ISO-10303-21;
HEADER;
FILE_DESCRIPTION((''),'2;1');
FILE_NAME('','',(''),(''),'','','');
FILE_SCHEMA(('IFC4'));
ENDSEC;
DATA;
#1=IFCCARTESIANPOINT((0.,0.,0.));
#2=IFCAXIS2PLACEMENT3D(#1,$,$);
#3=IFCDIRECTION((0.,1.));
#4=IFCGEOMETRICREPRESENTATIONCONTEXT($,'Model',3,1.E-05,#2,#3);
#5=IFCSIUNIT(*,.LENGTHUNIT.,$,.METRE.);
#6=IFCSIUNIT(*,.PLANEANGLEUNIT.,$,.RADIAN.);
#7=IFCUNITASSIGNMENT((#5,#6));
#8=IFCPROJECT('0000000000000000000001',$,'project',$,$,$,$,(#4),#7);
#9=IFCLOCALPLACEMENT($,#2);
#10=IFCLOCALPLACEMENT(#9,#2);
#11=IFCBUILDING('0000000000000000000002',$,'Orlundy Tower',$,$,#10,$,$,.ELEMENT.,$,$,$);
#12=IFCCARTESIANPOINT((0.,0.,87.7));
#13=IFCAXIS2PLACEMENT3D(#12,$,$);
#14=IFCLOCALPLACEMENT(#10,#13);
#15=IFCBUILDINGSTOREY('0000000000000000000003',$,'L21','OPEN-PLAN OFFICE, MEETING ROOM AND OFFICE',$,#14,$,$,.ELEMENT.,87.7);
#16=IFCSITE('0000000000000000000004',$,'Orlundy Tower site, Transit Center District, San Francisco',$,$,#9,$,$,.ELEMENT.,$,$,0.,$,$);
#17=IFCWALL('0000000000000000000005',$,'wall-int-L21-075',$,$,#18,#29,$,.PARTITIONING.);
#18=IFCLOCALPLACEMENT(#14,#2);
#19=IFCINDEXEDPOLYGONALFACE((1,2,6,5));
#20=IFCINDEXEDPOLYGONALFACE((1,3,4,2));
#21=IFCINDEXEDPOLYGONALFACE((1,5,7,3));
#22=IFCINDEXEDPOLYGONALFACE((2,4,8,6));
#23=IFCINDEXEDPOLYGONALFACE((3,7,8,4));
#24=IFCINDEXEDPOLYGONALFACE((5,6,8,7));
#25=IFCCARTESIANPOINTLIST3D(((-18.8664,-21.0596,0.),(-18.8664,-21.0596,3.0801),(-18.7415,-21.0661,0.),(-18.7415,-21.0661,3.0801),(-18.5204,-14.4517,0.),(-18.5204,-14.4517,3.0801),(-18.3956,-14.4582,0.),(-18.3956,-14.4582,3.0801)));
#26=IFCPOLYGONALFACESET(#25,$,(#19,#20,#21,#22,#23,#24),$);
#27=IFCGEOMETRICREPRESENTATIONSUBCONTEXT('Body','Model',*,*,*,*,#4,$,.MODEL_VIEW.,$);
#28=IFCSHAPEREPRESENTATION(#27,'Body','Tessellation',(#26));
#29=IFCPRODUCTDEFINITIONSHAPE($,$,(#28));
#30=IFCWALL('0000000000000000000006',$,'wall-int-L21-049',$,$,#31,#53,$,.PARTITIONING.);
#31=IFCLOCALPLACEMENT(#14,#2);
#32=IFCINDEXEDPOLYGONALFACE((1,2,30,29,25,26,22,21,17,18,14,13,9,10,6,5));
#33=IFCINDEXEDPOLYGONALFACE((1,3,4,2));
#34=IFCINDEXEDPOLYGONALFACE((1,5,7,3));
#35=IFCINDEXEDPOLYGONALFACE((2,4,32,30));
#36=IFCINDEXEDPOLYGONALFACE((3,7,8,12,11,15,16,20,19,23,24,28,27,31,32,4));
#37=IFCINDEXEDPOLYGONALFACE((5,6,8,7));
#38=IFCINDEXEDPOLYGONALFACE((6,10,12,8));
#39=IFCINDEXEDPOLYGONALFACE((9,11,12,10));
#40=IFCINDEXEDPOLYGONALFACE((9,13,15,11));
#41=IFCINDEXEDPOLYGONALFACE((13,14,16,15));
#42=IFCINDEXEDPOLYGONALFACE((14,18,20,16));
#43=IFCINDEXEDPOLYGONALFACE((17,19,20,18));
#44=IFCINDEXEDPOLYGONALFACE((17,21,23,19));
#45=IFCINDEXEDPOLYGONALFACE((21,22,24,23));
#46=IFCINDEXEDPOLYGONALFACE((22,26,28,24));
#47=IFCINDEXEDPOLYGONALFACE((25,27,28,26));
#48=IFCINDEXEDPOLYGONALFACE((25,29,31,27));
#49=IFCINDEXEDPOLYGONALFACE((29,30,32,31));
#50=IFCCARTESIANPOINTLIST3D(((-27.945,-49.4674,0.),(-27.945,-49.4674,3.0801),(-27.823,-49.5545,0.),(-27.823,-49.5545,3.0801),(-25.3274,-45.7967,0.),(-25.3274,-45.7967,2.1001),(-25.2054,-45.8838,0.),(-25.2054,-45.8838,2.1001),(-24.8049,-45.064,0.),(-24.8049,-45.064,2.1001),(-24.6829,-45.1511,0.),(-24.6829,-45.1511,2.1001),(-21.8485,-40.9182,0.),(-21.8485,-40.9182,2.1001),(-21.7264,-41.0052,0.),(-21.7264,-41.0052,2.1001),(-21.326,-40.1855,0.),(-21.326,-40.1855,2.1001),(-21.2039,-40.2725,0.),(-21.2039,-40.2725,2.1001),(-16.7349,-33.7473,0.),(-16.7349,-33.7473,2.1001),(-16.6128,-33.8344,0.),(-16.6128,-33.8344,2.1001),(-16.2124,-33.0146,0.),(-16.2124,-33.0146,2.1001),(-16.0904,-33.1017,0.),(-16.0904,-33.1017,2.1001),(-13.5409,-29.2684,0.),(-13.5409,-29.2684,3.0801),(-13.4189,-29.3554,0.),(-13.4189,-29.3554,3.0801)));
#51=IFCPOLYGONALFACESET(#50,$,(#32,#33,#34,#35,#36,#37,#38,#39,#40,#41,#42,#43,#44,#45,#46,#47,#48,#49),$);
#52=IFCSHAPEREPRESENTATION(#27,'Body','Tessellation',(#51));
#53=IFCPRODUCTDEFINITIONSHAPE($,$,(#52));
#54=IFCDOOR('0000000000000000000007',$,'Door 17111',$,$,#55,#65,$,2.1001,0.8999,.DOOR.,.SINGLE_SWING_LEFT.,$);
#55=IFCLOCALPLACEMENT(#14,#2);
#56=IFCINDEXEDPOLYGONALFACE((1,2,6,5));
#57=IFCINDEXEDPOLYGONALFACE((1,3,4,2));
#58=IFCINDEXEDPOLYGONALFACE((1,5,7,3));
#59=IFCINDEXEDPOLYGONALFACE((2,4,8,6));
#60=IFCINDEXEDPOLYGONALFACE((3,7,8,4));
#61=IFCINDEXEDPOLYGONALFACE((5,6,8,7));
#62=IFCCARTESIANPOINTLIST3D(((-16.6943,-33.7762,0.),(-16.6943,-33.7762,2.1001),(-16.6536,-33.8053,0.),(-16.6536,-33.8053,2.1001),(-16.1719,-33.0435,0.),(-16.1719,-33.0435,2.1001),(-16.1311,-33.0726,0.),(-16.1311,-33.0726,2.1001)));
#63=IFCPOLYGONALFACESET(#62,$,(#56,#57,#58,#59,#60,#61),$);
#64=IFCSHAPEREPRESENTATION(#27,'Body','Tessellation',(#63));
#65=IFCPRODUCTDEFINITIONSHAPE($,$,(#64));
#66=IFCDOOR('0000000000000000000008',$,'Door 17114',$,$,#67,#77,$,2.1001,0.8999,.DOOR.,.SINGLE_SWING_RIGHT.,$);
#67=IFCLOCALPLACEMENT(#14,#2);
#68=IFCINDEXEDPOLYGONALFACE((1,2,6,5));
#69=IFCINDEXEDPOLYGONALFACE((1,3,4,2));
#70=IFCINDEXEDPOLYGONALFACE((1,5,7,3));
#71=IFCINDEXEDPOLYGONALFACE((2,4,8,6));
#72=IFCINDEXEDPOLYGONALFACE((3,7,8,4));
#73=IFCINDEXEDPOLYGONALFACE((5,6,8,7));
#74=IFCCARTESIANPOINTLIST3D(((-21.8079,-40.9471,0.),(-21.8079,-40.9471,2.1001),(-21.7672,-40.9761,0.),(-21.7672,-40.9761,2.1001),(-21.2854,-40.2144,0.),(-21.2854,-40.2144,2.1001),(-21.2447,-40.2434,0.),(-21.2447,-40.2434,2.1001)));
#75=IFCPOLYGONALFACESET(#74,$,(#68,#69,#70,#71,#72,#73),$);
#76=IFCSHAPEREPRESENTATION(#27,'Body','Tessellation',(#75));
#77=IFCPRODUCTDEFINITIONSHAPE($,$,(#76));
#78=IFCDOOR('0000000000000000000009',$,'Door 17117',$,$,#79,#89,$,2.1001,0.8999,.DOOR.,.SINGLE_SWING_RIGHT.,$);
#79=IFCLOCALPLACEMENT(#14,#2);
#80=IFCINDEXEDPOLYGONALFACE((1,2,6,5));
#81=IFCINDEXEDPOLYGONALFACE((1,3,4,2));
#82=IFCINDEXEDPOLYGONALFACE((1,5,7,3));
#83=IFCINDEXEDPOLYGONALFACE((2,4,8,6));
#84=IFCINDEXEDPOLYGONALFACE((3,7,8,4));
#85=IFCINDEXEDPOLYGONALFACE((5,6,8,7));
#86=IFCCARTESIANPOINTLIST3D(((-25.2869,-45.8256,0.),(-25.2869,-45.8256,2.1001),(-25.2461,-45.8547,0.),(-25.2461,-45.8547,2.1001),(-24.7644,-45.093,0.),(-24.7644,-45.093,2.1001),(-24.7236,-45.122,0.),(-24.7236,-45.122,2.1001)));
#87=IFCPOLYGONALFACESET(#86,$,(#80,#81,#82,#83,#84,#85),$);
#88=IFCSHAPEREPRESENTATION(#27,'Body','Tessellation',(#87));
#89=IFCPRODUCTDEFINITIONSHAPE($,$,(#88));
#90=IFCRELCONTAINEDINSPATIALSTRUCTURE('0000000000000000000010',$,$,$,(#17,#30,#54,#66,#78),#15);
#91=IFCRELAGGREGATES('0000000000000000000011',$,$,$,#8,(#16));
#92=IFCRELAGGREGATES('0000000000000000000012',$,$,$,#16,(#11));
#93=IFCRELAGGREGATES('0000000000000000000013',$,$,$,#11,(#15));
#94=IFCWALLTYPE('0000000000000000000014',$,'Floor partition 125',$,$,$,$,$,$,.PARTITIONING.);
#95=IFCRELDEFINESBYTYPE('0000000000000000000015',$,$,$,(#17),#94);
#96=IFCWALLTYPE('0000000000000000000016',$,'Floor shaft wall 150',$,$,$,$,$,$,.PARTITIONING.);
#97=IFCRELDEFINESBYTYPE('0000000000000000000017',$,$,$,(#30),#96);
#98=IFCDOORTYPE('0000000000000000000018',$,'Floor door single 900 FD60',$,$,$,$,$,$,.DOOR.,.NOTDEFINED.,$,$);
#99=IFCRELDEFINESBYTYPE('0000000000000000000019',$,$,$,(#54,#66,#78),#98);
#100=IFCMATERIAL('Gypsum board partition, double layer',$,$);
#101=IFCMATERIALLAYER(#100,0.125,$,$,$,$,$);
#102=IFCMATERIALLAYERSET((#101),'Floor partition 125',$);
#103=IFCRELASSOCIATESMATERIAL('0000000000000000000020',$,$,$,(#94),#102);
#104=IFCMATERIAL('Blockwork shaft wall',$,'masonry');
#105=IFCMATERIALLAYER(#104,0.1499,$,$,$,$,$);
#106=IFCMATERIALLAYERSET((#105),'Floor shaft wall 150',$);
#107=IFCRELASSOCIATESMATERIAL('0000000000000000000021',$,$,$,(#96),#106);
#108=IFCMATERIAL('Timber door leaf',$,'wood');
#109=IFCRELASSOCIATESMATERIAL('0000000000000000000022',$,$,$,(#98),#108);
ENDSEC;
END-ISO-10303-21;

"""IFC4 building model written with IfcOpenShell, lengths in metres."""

from ifc_helpers import new_model, si_unit, direction, frame, frame_2d, origin, place, context, subcontext, project, spatial, rectangle, extrude, material, layer, layer_set, type_object, element, fill, save


model = new_model("IFC4")

# Units and contexts
model_context = context("Model", 3, precision=1e-05, world=origin(), true_north=direction((0.0, 1.0)))
body_context = subcontext(model_context, "Body", "Model", "MODEL_VIEW")
ifc_project = project(units=[si_unit("LENGTHUNIT", "METRE"), si_unit("PLANEANGLEUNIT", "RADIAN")], contexts=[model_context])

# Site, building, storey
site_placement = place(None, origin())
site = spatial("IfcSite", under=ifc_project, at=site_placement, Name="Orlundy Tower site, Transit Center District, San Francisco", CompositionType="ELEMENT", RefElevation=0.0)
building_placement = place(site_placement, origin())
building = spatial("IfcBuilding", under=site, at=building_placement, Name="Orlundy Tower", CompositionType="ELEMENT")
storey_placement = place(building_placement, frame((0.0, 0.0, 87.7)))
storey = spatial("IfcBuildingStorey", under=building, at=storey_placement, Name="L21", Description="OPEN-PLAN OFFICE, MEETING ROOM AND OFFICE", CompositionType="ELEMENT", Elevation=87.7)

# Shared definitions
ifc_material_1 = material(Name="Gypsum board partition, double layer")
ifc_layer_1 = layer(ifc_material_1, 0.125)
ifc_layer_set_1 = layer_set([ifc_layer_1], Name="Floor partition 125")
wall_type_1 = type_object("IfcWallType", Name="Floor partition 125", PredefinedType="PARTITIONING", material=ifc_layer_set_1)

# Wall
wall_1_placement = place(storey_placement, frame((-18.804, -21.063, 0.0), z_axis=(0.0, 0.0, 1.0), x_axis=(0.052282, 0.998632, 0.0)))
element("IfcWall", 1, at=wall_1_placement, inside=storey, type_object=wall_type_1, Name="wall-int-L21-075", PredefinedType="PARTITIONING", context=body_context, shape_type="SweptSolid", body=[
    extrude(rectangle(XDim=6.6169, YDim=0.125, at=frame_2d((3.3086, 0.0))), origin(), (0.0, 0.0, 1.0), 3.0801),
])

# Wall, openings, doors
ifc_material_2 = material(Name="Blockwork shaft wall", Category="masonry")
ifc_layer_2 = layer(ifc_material_2, 0.1499)
ifc_layer_set_2 = layer_set([ifc_layer_2], Name="Floor shaft wall 150")
wall_type_2 = type_object("IfcWallType", Name="Floor shaft wall 150", PredefinedType="PARTITIONING", material=ifc_layer_set_2)
wall_2_placement = place(storey_placement, frame((-13.48, -29.312, 0.0), z_axis=(0.0, 0.0, 1.0), x_axis=(-0.580603, -0.814187, 0.0)))
wall_2 = element("IfcWall", 2, at=wall_2_placement, inside=storey, type_object=wall_type_2, Name="wall-int-L21-049", PredefinedType="PARTITIONING", context=body_context, shape_type="SweptSolid", body=[
    extrude(rectangle(XDim=24.8088, YDim=0.1499, at=frame_2d((12.4043, 0.0))), origin(), (0.0, 0.0, 1.0), 3.0801),
])
opening_1_placement = place(wall_2_placement, frame((4.6011, 0.0, 0.0)))
opening_1 = element("IfcOpeningElement", 3, at=opening_1_placement, cuts=wall_2, PredefinedType="OPENING", context=body_context, shape_type="SweptSolid", body=[
    extrude(rectangle(XDim=0.8999, YDim=2.1001, at=frame_2d((0.45, 1.05))), frame((0.0, 0.085, 0.0), z_axis=(0.0, -1.0, 0.0), x_axis=(1.0, 0.0, 0.0)), (0.0, 0.0, 1.0), 0.1699),
])
opening_2_placement = place(wall_2_placement, frame((13.4084, 0.0, 0.0)))
opening_2 = element("IfcOpeningElement", 4, at=opening_2_placement, cuts=wall_2, PredefinedType="OPENING", context=body_context, shape_type="SweptSolid", body=[
    extrude(rectangle(XDim=0.8999, YDim=2.1001, at=frame_2d((0.45, 1.05))), frame((0.0, 0.085, 0.0), z_axis=(0.0, -1.0, 0.0), x_axis=(1.0, 0.0, 0.0)), (0.0, 0.0, 1.0), 0.1699),
])
opening_3_placement = place(wall_2_placement, frame((19.4004, 0.0, 0.0)))
opening_3 = element("IfcOpeningElement", 5, at=opening_3_placement, cuts=wall_2, PredefinedType="OPENING", context=body_context, shape_type="SweptSolid", body=[
    extrude(rectangle(XDim=0.8999, YDim=2.1001, at=frame_2d((0.45, 1.05))), frame((0.0, 0.085, 0.0), z_axis=(0.0, -1.0, 0.0), x_axis=(1.0, 0.0, 0.0)), (0.0, 0.0, 1.0), 0.1699),
])
ifc_material_3 = material(Name="Timber door leaf", Category="wood")
door_type_1 = type_object("IfcDoorType", Name="Floor door single 900 FD60", OperationType="NOTDEFINED", PredefinedType="DOOR", material=ifc_material_3)
door_1_placement = place(opening_1_placement, origin())
door_1 = element("IfcDoor", 6, at=door_1_placement, inside=storey, type_object=door_type_1, Name="Door 17111", OperationType="SINGLE_SWING_LEFT", OverallHeight=2.1001, OverallWidth=0.8999, PredefinedType="DOOR", context=body_context, shape_type="SweptSolid", body=[
    extrude(rectangle(XDim=0.8999, YDim=2.1001, at=frame_2d((0.45, 1.05))), frame((0.0, 0.0249, 0.0), z_axis=(0.0, -1.0, 0.0), x_axis=(1.0, 0.0, 0.0)), (0.0, 0.0, 1.0), 0.05),
])
fill(opening_1, door_1)
door_2_placement = place(opening_2_placement, origin())
door_2 = element("IfcDoor", 7, at=door_2_placement, inside=storey, type_object=door_type_1, Name="Door 17114", OperationType="SINGLE_SWING_RIGHT", OverallHeight=2.1001, OverallWidth=0.8999, PredefinedType="DOOR", context=body_context, shape_type="SweptSolid", body=[
    extrude(rectangle(XDim=0.8999, YDim=2.1001, at=frame_2d((0.45, 1.05))), frame((0.0, 0.0249, 0.0), z_axis=(0.0, -1.0, 0.0), x_axis=(1.0, 0.0, 0.0)), (0.0, 0.0, 1.0), 0.05),
])
fill(opening_2, door_2)
door_3_placement = place(opening_3_placement, origin())
door_3 = element("IfcDoor", 8, at=door_3_placement, inside=storey, type_object=door_type_1, Name="Door 17117", OperationType="SINGLE_SWING_RIGHT", OverallHeight=2.1001, OverallWidth=0.8999, PredefinedType="DOOR", context=body_context, shape_type="SweptSolid", body=[
    extrude(rectangle(XDim=0.8999, YDim=2.1001, at=frame_2d((0.45, 1.05))), frame((0.0, 0.0249, 0.0), z_axis=(0.0, -1.0, 0.0), x_axis=(1.0, 0.0, 0.0)), (0.0, 0.0, 1.0), 0.05),
])
fill(opening_3, door_3)

save(model, "model.ifc")
